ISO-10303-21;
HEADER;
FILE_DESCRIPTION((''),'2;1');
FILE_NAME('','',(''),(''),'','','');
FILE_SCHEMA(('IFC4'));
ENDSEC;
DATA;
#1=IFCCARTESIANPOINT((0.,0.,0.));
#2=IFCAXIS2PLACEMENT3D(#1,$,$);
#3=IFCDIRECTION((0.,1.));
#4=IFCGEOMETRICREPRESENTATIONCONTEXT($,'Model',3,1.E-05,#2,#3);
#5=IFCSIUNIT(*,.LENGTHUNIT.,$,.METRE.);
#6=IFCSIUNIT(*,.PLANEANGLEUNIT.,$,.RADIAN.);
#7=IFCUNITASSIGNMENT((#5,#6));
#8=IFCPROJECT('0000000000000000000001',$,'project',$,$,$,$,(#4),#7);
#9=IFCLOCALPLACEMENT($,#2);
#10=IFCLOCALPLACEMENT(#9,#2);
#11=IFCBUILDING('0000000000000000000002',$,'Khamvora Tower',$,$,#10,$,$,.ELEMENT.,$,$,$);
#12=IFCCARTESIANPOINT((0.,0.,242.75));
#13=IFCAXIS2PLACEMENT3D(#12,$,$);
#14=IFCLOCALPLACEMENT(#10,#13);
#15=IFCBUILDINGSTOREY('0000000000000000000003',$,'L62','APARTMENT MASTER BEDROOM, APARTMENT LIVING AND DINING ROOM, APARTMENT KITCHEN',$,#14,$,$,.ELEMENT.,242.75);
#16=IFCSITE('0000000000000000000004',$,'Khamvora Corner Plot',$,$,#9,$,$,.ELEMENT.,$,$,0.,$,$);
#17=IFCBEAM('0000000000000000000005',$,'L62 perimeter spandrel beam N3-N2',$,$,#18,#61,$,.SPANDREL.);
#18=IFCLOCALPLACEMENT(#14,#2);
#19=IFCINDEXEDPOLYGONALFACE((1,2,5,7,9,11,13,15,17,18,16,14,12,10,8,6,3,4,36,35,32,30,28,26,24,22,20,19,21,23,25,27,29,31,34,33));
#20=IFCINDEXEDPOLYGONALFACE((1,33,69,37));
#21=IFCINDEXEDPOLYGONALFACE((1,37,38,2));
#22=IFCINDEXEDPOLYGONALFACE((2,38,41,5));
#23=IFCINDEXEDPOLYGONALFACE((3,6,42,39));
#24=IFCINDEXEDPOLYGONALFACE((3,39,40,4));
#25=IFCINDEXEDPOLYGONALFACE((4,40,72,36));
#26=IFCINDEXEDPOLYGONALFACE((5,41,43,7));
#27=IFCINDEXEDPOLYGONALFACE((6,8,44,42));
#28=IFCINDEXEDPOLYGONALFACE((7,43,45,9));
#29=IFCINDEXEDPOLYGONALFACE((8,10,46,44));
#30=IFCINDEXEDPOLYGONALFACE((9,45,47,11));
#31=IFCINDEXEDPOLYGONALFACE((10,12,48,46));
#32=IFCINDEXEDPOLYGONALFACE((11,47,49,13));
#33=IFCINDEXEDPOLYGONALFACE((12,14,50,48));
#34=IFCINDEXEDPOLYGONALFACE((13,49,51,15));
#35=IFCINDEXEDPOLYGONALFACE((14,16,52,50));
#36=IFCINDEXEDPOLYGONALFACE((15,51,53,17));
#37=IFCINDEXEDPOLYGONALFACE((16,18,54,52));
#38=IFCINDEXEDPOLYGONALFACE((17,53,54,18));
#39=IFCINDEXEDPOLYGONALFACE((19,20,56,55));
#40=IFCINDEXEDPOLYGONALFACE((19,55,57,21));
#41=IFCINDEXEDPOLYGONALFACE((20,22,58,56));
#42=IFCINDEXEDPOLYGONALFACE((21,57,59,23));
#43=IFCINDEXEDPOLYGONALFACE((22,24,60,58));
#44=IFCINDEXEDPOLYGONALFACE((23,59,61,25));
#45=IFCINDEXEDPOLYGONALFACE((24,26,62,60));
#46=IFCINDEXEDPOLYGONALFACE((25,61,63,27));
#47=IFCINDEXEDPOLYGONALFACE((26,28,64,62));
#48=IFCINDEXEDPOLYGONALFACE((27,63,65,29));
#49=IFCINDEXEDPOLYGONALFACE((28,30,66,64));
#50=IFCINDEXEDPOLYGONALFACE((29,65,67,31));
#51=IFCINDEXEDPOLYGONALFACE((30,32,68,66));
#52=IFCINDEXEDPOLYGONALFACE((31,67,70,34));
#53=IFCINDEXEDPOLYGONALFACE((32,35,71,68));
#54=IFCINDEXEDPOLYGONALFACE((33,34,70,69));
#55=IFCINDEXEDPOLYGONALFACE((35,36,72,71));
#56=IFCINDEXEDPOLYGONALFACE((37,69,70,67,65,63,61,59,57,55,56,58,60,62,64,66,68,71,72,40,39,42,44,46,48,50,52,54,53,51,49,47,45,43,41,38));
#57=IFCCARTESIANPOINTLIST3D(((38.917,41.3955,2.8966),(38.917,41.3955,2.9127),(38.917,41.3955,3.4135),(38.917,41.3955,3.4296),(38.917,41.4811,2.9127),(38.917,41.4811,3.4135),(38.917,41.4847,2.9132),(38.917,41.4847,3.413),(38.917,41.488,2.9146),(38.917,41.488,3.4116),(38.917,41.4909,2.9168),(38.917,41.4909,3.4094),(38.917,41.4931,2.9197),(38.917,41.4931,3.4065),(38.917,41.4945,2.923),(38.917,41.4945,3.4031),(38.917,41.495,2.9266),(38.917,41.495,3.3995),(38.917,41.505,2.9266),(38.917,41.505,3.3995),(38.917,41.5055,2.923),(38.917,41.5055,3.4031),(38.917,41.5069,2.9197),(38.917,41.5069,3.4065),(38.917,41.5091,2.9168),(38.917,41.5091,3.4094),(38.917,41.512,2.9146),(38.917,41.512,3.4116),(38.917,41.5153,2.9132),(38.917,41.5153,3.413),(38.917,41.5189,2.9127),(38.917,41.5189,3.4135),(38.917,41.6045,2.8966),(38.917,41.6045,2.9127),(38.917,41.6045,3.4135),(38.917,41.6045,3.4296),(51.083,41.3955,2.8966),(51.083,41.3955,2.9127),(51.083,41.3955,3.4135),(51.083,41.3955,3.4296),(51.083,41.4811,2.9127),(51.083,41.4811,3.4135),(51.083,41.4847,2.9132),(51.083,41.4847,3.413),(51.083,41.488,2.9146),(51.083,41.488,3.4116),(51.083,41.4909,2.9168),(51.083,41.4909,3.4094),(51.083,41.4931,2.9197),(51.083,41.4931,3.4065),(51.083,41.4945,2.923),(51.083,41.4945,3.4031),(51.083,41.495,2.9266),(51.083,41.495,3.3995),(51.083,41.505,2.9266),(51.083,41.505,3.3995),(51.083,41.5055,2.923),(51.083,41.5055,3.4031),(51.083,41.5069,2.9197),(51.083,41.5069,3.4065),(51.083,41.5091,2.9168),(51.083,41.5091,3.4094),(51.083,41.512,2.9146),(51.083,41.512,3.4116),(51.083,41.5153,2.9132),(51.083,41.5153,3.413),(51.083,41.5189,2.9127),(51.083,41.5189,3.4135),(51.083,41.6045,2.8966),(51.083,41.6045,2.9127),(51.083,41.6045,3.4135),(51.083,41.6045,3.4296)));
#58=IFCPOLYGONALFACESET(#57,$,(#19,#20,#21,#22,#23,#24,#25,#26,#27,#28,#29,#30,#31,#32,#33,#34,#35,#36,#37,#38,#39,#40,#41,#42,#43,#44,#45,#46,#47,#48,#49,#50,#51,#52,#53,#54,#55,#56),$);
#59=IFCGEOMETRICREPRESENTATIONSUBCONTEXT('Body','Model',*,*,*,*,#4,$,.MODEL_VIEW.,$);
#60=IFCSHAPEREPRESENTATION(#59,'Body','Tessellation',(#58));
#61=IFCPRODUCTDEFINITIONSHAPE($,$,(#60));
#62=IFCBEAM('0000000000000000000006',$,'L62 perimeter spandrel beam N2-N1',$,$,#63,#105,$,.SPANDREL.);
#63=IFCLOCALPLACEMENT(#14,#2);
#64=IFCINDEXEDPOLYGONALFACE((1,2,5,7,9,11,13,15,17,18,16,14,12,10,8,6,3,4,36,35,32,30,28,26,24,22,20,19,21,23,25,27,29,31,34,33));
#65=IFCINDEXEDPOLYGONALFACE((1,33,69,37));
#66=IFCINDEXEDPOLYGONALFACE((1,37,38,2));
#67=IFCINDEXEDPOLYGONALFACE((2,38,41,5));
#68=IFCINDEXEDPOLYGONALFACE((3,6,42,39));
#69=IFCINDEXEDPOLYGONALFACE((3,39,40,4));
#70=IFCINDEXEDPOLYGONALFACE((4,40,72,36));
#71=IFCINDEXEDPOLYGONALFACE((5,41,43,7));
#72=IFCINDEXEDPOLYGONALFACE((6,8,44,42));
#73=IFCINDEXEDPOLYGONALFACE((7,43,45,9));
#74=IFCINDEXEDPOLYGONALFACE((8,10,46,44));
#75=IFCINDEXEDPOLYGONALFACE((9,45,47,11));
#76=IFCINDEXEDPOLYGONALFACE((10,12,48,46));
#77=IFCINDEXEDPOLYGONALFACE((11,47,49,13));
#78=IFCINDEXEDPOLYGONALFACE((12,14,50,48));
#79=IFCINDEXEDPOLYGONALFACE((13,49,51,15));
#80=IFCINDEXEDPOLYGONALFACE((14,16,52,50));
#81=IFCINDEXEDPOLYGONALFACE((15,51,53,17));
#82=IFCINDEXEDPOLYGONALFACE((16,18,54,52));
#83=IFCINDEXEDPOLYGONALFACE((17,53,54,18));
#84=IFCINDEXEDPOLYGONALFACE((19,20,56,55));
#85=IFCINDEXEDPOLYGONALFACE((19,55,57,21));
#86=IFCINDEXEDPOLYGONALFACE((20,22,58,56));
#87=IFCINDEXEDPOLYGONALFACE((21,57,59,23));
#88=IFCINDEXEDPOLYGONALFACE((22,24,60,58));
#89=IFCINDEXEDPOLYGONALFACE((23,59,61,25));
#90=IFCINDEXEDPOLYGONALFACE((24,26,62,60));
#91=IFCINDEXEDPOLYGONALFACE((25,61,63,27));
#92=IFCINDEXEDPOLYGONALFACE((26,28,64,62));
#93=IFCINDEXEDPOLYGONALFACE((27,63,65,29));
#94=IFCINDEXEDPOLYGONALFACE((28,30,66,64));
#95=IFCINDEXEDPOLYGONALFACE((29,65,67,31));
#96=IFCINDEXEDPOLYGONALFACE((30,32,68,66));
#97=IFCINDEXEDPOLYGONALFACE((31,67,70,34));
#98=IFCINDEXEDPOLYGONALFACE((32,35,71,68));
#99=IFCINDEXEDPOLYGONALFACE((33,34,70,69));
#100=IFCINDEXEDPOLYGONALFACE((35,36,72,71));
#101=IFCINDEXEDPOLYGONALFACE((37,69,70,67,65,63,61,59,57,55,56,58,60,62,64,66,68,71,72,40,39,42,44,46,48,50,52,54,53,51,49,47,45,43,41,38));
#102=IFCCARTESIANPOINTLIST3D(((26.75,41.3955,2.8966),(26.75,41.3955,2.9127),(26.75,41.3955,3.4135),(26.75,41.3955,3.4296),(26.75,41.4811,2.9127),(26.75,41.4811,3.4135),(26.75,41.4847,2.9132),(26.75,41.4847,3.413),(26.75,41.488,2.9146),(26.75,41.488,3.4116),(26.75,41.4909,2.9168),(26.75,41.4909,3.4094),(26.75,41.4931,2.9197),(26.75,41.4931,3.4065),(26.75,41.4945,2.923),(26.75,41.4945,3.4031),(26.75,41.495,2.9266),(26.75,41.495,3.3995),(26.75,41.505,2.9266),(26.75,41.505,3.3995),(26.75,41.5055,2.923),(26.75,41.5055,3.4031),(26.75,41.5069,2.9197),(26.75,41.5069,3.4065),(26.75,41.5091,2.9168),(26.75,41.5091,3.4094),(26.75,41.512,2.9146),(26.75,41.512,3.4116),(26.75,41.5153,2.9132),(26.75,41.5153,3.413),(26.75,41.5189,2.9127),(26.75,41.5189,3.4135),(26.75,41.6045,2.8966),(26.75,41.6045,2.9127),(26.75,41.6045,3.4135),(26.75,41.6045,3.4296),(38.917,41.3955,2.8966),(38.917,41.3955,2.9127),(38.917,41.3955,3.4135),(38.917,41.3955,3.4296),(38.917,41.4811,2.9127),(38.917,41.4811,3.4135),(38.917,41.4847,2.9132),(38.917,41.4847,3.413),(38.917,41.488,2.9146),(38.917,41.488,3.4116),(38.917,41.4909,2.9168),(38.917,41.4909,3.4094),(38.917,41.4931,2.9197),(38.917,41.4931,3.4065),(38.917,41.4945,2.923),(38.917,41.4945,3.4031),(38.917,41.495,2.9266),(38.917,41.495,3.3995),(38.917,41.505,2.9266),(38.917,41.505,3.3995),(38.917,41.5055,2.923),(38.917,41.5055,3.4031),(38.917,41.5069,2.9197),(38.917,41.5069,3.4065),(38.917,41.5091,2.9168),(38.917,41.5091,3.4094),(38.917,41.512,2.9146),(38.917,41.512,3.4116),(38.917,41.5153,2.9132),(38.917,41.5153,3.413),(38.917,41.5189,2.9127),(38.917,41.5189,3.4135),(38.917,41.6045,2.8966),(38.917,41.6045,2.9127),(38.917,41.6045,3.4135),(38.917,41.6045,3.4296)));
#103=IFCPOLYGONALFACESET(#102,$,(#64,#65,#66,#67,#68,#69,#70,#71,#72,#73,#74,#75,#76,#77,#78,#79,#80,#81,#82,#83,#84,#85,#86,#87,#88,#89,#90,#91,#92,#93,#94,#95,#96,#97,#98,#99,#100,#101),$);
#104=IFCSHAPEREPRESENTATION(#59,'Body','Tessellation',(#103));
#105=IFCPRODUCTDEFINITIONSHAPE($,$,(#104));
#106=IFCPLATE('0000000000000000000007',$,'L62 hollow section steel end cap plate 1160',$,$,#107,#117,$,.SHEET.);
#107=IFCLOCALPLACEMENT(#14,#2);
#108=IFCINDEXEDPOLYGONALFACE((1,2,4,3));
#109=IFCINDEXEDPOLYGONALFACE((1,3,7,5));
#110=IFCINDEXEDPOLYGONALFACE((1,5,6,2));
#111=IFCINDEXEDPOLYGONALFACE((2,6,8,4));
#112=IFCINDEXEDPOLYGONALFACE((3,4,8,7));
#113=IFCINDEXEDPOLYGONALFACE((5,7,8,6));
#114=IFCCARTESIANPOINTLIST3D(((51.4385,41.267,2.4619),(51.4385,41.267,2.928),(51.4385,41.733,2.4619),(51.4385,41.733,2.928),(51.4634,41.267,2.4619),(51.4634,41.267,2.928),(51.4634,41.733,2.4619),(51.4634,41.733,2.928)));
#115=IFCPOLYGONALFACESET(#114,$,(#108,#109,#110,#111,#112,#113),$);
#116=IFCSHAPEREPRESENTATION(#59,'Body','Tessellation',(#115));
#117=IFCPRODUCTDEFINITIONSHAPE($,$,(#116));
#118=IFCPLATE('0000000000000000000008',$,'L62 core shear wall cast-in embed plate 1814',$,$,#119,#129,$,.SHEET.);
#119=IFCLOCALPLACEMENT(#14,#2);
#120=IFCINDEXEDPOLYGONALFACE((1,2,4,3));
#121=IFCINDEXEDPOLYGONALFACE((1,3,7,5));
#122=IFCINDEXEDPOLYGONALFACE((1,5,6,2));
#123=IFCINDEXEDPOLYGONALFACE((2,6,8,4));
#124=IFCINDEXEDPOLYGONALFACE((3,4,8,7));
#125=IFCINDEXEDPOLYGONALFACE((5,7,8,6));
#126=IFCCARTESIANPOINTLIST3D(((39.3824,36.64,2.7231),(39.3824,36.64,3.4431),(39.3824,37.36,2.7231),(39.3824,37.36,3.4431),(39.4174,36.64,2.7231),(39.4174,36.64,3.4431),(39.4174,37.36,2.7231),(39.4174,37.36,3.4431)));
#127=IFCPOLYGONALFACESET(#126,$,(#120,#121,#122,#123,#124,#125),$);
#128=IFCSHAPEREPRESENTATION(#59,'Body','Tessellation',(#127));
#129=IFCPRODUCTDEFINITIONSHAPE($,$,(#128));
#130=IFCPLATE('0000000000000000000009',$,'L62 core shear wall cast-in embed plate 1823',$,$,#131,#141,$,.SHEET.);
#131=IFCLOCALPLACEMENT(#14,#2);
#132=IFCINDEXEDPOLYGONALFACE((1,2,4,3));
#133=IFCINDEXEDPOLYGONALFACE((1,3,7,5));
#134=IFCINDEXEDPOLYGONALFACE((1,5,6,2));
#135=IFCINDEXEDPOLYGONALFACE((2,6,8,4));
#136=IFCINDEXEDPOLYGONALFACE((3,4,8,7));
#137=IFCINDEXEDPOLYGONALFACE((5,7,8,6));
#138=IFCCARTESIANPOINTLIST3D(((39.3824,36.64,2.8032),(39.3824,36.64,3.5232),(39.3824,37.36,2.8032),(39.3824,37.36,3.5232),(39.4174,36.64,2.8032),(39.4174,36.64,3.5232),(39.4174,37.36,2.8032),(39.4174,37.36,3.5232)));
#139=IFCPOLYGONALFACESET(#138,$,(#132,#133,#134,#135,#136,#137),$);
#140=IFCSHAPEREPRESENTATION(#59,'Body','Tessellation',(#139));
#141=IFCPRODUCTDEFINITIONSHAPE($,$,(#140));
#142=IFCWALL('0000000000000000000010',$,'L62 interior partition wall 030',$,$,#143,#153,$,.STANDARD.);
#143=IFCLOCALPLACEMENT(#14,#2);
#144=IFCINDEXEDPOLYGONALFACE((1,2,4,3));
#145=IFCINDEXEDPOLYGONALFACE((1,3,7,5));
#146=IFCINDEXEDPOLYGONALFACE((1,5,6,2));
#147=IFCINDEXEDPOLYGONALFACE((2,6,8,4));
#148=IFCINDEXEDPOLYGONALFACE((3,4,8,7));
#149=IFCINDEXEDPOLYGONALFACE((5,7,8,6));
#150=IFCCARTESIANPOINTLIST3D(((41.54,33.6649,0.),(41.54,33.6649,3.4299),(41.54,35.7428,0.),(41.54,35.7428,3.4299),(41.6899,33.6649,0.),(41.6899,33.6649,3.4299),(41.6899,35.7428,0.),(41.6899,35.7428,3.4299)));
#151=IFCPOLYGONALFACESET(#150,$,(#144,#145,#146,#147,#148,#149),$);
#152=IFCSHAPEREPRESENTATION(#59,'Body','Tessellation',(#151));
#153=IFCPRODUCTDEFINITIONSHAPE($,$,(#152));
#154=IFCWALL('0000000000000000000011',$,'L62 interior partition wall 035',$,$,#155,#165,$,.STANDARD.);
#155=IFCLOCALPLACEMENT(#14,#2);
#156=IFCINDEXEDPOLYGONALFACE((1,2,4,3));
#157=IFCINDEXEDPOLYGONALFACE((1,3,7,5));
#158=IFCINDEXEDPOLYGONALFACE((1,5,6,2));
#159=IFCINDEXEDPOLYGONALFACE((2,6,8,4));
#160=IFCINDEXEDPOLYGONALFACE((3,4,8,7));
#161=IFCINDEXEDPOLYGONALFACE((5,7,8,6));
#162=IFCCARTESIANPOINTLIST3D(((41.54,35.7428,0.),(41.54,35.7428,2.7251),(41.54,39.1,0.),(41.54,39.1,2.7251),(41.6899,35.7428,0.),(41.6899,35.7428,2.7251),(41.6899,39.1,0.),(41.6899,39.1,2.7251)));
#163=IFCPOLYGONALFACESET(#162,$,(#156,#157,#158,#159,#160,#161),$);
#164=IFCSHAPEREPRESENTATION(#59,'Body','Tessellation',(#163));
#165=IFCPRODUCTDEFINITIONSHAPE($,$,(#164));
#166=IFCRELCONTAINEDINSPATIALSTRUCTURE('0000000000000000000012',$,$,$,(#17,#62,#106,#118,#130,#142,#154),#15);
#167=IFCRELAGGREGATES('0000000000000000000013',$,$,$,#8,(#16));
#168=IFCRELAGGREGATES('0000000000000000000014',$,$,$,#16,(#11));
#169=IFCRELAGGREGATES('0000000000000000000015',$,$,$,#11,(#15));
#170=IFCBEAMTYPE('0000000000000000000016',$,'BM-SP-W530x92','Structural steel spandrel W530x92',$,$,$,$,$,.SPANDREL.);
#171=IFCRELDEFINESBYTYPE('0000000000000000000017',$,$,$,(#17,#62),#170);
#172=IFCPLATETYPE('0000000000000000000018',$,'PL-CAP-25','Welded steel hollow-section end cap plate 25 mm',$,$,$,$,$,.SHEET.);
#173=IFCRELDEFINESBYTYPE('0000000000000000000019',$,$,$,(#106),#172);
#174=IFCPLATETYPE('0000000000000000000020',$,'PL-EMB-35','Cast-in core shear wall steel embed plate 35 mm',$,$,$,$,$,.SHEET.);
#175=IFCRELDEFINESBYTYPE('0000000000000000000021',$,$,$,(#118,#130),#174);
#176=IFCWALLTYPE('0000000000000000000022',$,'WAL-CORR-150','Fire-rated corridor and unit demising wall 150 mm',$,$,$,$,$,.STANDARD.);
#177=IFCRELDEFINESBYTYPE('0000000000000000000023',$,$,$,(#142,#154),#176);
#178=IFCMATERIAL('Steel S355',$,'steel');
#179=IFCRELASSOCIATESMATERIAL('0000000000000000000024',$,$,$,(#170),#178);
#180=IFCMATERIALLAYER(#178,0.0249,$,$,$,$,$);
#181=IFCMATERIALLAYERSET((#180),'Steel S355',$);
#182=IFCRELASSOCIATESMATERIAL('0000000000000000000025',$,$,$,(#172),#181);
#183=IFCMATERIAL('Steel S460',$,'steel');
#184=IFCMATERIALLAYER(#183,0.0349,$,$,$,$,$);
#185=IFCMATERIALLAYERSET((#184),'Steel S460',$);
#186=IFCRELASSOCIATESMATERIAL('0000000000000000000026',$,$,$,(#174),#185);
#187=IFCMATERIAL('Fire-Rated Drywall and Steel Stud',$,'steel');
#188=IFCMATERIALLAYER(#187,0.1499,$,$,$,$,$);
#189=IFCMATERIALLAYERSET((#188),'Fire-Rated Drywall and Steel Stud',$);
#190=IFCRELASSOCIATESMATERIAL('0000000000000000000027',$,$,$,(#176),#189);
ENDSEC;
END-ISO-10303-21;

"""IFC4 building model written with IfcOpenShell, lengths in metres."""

from ifc_helpers import new_model, si_unit, direction, frame, frame_2d, origin, origin_2d, place, context, subcontext, project, spatial, rectangle, i_section, extrude, material, layer, layer_set, material_profile, profile_set, type_object, element, save


model = new_model("IFC4")

# Units and contexts
model_context = context("Model", 3, precision=1e-05, world=origin(), true_north=direction((0.0, 1.0)))
body_context = subcontext(model_context, "Body", "Model", "MODEL_VIEW")
ifc_project = project(units=[si_unit("LENGTHUNIT", "METRE"), si_unit("PLANEANGLEUNIT", "RADIAN")], contexts=[model_context])

# Site, building, storey
site_placement = place(None, origin())
site = spatial("IfcSite", under=ifc_project, at=site_placement, Name="Khamvora Corner Plot", CompositionType="ELEMENT", RefElevation=0.0)
building_placement = place(site_placement, origin())
building = spatial("IfcBuilding", under=site, at=building_placement, Name="Khamvora Tower", CompositionType="ELEMENT")
storey_placement = place(building_placement, frame((0.0, 0.0, 242.75)))
storey = spatial("IfcBuildingStorey", under=building, at=storey_placement, Name="L62", Description="APARTMENT MASTER BEDROOM, APARTMENT LIVING AND DINING ROOM, APARTMENT KITCHEN", CompositionType="ELEMENT", Elevation=242.75)

# Shared definitions
ifc_material_1 = material(Name="Steel S355", Category="steel")

# Beams
ifc_material_profile_1 = material_profile(ifc_material_1, i_section(OverallWidth=0.209, OverallDepth=0.533, WebThickness=0.01, FlangeThickness=0.0161, FilletRadius=0.0139, at=origin_2d()), Name="W530x92")
ifc_profile_set_1 = profile_set([ifc_material_profile_1], Name="Steel S355")
beam_type_1 = type_object("IfcBeamType", Name="BM-SP-W530x92", Description="Structural steel spandrel W530x92", PredefinedType="SPANDREL", material=ifc_profile_set_1)
beam_1_placement = place(storey_placement, frame((51.083, 41.5, 3.1631), z_axis=(-1.0, 0.0, 0.0), x_axis=(0.0, -1.0, 0.0)))
element("IfcBeam", 1, at=beam_1_placement, inside=storey, type_object=beam_type_1, Name="L62 perimeter spandrel beam N3-N2", PredefinedType="SPANDREL", context=body_context, shape_type="SweptSolid", body=[
    extrude(i_section(OverallWidth=0.209, OverallDepth=0.533, WebThickness=0.01, FlangeThickness=0.0161, FilletRadius=0.0139, at=origin_2d()), origin(), (0.0, 0.0, 1.0), 12.166),
])
beam_2_placement = place(storey_placement, frame((38.917, 41.5, 3.1631), z_axis=(-1.0, 0.0, 0.0), x_axis=(0.0, -1.0, 0.0)))
element("IfcBeam", 2, at=beam_2_placement, inside=storey, type_object=beam_type_1, Name="L62 perimeter spandrel beam N2-N1", PredefinedType="SPANDREL", context=body_context, shape_type="SweptSolid", body=[
    extrude(i_section(OverallWidth=0.209, OverallDepth=0.533, WebThickness=0.01, FlangeThickness=0.0161, FilletRadius=0.0139, at=origin_2d()), origin(), (0.0, 0.0, 1.0), 12.167),
])

# Plates
ifc_layer_1 = layer(ifc_material_1, 0.0249)
ifc_layer_set_1 = layer_set([ifc_layer_1], Name="Steel S355")
plate_type_1 = type_object("IfcPlateType", Name="PL-CAP-25", Description="Welded steel hollow-section end cap plate 25 mm", PredefinedType="SHEET", material=ifc_layer_set_1)
plate_placement = place(storey_placement, frame((51.4509, 41.5, 2.4619), z_axis=(0.0, 0.0, 1.0), x_axis=(1.0, 0.0, 0.0)))
element("IfcPlate", 3, at=plate_placement, inside=storey, type_object=plate_type_1, Name="L62 hollow section steel end cap plate 1160", PredefinedType="SHEET", context=body_context, shape_type="SweptSolid", body=[
    extrude(rectangle(XDim=0.0249, YDim=0.4661, at=origin_2d()), origin(), (0.0, 0.0, 1.0), 0.4661),
])
ifc_material_2 = material(Name="Steel S460", Category="steel")
ifc_layer_2 = layer(ifc_material_2, 0.0349)
ifc_layer_set_2 = layer_set([ifc_layer_2], Name="Steel S460")
plate_type_2 = type_object("IfcPlateType", Name="PL-EMB-35", Description="Cast-in core shear wall steel embed plate 35 mm", PredefinedType="SHEET", material=ifc_layer_set_2)
for number, where, z_axis, x_axis, name in (
    (4, (39.3999, 37.0, 2.7231), (0.0, 0.0, 1.0), (1.0, 0.0, 0.0), "L62 core shear wall cast-in embed plate 1814"),
    (5, (39.3999, 37.0, 2.8032), (0.0, 0.0, 1.0), (1.0, 0.0, 0.0), "L62 core shear wall cast-in embed plate 1823"),
):
    element("IfcPlate", number, at=place(storey_placement, frame(where, z_axis=z_axis, x_axis=x_axis)), inside=storey, type_object=plate_type_2, Name=name, PredefinedType="SHEET", context=body_context, shape_type="SweptSolid", body=[
        extrude(rectangle(XDim=0.0349, YDim=0.72, at=origin_2d()), origin(), (0.0, 0.0, 1.0), 0.72),
    ])

# Walls
ifc_material_3 = material(Name="Fire-Rated Drywall and Steel Stud", Category="steel")
ifc_layer_3 = layer(ifc_material_3, 0.1499)
ifc_layer_set_3 = layer_set([ifc_layer_3], Name="Fire-Rated Drywall and Steel Stud")
wall_type_1 = type_object("IfcWallType", Name="WAL-CORR-150", Description="Fire-rated corridor and unit demising wall 150 mm", PredefinedType="STANDARD", material=ifc_layer_set_3)
wall_1_placement = place(storey_placement, frame((41.615, 35.7429, 0.0), z_axis=(0.0, 0.0, 1.0), x_axis=(0.0, -1.0, 0.0)))
element("IfcWall", 6, at=wall_1_placement, inside=storey, type_object=wall_type_1, Name="L62 interior partition wall 030", PredefinedType="STANDARD", context=body_context, shape_type="SweptSolid", body=[
    extrude(rectangle(XDim=2.0779, YDim=0.1499, at=frame_2d((1.0391, 0.0))), origin(), (0.0, 0.0, 1.0), 3.4299),
])
wall_2_placement = place(storey_placement, frame((41.615, 39.1001, 0.0), z_axis=(0.0, 0.0, 1.0), x_axis=(0.0, -1.0, 0.0)))
element("IfcWall", 7, at=wall_2_placement, inside=storey, type_object=wall_type_1, Name="L62 interior partition wall 035", PredefinedType="STANDARD", context=body_context, shape_type="SweptSolid", body=[
    extrude(rectangle(XDim=3.3572, YDim=0.1499, at=frame_2d((1.6787, 0.0))), origin(), (0.0, 0.0, 1.0), 2.7251),
])

save(model, "model.ifc")
